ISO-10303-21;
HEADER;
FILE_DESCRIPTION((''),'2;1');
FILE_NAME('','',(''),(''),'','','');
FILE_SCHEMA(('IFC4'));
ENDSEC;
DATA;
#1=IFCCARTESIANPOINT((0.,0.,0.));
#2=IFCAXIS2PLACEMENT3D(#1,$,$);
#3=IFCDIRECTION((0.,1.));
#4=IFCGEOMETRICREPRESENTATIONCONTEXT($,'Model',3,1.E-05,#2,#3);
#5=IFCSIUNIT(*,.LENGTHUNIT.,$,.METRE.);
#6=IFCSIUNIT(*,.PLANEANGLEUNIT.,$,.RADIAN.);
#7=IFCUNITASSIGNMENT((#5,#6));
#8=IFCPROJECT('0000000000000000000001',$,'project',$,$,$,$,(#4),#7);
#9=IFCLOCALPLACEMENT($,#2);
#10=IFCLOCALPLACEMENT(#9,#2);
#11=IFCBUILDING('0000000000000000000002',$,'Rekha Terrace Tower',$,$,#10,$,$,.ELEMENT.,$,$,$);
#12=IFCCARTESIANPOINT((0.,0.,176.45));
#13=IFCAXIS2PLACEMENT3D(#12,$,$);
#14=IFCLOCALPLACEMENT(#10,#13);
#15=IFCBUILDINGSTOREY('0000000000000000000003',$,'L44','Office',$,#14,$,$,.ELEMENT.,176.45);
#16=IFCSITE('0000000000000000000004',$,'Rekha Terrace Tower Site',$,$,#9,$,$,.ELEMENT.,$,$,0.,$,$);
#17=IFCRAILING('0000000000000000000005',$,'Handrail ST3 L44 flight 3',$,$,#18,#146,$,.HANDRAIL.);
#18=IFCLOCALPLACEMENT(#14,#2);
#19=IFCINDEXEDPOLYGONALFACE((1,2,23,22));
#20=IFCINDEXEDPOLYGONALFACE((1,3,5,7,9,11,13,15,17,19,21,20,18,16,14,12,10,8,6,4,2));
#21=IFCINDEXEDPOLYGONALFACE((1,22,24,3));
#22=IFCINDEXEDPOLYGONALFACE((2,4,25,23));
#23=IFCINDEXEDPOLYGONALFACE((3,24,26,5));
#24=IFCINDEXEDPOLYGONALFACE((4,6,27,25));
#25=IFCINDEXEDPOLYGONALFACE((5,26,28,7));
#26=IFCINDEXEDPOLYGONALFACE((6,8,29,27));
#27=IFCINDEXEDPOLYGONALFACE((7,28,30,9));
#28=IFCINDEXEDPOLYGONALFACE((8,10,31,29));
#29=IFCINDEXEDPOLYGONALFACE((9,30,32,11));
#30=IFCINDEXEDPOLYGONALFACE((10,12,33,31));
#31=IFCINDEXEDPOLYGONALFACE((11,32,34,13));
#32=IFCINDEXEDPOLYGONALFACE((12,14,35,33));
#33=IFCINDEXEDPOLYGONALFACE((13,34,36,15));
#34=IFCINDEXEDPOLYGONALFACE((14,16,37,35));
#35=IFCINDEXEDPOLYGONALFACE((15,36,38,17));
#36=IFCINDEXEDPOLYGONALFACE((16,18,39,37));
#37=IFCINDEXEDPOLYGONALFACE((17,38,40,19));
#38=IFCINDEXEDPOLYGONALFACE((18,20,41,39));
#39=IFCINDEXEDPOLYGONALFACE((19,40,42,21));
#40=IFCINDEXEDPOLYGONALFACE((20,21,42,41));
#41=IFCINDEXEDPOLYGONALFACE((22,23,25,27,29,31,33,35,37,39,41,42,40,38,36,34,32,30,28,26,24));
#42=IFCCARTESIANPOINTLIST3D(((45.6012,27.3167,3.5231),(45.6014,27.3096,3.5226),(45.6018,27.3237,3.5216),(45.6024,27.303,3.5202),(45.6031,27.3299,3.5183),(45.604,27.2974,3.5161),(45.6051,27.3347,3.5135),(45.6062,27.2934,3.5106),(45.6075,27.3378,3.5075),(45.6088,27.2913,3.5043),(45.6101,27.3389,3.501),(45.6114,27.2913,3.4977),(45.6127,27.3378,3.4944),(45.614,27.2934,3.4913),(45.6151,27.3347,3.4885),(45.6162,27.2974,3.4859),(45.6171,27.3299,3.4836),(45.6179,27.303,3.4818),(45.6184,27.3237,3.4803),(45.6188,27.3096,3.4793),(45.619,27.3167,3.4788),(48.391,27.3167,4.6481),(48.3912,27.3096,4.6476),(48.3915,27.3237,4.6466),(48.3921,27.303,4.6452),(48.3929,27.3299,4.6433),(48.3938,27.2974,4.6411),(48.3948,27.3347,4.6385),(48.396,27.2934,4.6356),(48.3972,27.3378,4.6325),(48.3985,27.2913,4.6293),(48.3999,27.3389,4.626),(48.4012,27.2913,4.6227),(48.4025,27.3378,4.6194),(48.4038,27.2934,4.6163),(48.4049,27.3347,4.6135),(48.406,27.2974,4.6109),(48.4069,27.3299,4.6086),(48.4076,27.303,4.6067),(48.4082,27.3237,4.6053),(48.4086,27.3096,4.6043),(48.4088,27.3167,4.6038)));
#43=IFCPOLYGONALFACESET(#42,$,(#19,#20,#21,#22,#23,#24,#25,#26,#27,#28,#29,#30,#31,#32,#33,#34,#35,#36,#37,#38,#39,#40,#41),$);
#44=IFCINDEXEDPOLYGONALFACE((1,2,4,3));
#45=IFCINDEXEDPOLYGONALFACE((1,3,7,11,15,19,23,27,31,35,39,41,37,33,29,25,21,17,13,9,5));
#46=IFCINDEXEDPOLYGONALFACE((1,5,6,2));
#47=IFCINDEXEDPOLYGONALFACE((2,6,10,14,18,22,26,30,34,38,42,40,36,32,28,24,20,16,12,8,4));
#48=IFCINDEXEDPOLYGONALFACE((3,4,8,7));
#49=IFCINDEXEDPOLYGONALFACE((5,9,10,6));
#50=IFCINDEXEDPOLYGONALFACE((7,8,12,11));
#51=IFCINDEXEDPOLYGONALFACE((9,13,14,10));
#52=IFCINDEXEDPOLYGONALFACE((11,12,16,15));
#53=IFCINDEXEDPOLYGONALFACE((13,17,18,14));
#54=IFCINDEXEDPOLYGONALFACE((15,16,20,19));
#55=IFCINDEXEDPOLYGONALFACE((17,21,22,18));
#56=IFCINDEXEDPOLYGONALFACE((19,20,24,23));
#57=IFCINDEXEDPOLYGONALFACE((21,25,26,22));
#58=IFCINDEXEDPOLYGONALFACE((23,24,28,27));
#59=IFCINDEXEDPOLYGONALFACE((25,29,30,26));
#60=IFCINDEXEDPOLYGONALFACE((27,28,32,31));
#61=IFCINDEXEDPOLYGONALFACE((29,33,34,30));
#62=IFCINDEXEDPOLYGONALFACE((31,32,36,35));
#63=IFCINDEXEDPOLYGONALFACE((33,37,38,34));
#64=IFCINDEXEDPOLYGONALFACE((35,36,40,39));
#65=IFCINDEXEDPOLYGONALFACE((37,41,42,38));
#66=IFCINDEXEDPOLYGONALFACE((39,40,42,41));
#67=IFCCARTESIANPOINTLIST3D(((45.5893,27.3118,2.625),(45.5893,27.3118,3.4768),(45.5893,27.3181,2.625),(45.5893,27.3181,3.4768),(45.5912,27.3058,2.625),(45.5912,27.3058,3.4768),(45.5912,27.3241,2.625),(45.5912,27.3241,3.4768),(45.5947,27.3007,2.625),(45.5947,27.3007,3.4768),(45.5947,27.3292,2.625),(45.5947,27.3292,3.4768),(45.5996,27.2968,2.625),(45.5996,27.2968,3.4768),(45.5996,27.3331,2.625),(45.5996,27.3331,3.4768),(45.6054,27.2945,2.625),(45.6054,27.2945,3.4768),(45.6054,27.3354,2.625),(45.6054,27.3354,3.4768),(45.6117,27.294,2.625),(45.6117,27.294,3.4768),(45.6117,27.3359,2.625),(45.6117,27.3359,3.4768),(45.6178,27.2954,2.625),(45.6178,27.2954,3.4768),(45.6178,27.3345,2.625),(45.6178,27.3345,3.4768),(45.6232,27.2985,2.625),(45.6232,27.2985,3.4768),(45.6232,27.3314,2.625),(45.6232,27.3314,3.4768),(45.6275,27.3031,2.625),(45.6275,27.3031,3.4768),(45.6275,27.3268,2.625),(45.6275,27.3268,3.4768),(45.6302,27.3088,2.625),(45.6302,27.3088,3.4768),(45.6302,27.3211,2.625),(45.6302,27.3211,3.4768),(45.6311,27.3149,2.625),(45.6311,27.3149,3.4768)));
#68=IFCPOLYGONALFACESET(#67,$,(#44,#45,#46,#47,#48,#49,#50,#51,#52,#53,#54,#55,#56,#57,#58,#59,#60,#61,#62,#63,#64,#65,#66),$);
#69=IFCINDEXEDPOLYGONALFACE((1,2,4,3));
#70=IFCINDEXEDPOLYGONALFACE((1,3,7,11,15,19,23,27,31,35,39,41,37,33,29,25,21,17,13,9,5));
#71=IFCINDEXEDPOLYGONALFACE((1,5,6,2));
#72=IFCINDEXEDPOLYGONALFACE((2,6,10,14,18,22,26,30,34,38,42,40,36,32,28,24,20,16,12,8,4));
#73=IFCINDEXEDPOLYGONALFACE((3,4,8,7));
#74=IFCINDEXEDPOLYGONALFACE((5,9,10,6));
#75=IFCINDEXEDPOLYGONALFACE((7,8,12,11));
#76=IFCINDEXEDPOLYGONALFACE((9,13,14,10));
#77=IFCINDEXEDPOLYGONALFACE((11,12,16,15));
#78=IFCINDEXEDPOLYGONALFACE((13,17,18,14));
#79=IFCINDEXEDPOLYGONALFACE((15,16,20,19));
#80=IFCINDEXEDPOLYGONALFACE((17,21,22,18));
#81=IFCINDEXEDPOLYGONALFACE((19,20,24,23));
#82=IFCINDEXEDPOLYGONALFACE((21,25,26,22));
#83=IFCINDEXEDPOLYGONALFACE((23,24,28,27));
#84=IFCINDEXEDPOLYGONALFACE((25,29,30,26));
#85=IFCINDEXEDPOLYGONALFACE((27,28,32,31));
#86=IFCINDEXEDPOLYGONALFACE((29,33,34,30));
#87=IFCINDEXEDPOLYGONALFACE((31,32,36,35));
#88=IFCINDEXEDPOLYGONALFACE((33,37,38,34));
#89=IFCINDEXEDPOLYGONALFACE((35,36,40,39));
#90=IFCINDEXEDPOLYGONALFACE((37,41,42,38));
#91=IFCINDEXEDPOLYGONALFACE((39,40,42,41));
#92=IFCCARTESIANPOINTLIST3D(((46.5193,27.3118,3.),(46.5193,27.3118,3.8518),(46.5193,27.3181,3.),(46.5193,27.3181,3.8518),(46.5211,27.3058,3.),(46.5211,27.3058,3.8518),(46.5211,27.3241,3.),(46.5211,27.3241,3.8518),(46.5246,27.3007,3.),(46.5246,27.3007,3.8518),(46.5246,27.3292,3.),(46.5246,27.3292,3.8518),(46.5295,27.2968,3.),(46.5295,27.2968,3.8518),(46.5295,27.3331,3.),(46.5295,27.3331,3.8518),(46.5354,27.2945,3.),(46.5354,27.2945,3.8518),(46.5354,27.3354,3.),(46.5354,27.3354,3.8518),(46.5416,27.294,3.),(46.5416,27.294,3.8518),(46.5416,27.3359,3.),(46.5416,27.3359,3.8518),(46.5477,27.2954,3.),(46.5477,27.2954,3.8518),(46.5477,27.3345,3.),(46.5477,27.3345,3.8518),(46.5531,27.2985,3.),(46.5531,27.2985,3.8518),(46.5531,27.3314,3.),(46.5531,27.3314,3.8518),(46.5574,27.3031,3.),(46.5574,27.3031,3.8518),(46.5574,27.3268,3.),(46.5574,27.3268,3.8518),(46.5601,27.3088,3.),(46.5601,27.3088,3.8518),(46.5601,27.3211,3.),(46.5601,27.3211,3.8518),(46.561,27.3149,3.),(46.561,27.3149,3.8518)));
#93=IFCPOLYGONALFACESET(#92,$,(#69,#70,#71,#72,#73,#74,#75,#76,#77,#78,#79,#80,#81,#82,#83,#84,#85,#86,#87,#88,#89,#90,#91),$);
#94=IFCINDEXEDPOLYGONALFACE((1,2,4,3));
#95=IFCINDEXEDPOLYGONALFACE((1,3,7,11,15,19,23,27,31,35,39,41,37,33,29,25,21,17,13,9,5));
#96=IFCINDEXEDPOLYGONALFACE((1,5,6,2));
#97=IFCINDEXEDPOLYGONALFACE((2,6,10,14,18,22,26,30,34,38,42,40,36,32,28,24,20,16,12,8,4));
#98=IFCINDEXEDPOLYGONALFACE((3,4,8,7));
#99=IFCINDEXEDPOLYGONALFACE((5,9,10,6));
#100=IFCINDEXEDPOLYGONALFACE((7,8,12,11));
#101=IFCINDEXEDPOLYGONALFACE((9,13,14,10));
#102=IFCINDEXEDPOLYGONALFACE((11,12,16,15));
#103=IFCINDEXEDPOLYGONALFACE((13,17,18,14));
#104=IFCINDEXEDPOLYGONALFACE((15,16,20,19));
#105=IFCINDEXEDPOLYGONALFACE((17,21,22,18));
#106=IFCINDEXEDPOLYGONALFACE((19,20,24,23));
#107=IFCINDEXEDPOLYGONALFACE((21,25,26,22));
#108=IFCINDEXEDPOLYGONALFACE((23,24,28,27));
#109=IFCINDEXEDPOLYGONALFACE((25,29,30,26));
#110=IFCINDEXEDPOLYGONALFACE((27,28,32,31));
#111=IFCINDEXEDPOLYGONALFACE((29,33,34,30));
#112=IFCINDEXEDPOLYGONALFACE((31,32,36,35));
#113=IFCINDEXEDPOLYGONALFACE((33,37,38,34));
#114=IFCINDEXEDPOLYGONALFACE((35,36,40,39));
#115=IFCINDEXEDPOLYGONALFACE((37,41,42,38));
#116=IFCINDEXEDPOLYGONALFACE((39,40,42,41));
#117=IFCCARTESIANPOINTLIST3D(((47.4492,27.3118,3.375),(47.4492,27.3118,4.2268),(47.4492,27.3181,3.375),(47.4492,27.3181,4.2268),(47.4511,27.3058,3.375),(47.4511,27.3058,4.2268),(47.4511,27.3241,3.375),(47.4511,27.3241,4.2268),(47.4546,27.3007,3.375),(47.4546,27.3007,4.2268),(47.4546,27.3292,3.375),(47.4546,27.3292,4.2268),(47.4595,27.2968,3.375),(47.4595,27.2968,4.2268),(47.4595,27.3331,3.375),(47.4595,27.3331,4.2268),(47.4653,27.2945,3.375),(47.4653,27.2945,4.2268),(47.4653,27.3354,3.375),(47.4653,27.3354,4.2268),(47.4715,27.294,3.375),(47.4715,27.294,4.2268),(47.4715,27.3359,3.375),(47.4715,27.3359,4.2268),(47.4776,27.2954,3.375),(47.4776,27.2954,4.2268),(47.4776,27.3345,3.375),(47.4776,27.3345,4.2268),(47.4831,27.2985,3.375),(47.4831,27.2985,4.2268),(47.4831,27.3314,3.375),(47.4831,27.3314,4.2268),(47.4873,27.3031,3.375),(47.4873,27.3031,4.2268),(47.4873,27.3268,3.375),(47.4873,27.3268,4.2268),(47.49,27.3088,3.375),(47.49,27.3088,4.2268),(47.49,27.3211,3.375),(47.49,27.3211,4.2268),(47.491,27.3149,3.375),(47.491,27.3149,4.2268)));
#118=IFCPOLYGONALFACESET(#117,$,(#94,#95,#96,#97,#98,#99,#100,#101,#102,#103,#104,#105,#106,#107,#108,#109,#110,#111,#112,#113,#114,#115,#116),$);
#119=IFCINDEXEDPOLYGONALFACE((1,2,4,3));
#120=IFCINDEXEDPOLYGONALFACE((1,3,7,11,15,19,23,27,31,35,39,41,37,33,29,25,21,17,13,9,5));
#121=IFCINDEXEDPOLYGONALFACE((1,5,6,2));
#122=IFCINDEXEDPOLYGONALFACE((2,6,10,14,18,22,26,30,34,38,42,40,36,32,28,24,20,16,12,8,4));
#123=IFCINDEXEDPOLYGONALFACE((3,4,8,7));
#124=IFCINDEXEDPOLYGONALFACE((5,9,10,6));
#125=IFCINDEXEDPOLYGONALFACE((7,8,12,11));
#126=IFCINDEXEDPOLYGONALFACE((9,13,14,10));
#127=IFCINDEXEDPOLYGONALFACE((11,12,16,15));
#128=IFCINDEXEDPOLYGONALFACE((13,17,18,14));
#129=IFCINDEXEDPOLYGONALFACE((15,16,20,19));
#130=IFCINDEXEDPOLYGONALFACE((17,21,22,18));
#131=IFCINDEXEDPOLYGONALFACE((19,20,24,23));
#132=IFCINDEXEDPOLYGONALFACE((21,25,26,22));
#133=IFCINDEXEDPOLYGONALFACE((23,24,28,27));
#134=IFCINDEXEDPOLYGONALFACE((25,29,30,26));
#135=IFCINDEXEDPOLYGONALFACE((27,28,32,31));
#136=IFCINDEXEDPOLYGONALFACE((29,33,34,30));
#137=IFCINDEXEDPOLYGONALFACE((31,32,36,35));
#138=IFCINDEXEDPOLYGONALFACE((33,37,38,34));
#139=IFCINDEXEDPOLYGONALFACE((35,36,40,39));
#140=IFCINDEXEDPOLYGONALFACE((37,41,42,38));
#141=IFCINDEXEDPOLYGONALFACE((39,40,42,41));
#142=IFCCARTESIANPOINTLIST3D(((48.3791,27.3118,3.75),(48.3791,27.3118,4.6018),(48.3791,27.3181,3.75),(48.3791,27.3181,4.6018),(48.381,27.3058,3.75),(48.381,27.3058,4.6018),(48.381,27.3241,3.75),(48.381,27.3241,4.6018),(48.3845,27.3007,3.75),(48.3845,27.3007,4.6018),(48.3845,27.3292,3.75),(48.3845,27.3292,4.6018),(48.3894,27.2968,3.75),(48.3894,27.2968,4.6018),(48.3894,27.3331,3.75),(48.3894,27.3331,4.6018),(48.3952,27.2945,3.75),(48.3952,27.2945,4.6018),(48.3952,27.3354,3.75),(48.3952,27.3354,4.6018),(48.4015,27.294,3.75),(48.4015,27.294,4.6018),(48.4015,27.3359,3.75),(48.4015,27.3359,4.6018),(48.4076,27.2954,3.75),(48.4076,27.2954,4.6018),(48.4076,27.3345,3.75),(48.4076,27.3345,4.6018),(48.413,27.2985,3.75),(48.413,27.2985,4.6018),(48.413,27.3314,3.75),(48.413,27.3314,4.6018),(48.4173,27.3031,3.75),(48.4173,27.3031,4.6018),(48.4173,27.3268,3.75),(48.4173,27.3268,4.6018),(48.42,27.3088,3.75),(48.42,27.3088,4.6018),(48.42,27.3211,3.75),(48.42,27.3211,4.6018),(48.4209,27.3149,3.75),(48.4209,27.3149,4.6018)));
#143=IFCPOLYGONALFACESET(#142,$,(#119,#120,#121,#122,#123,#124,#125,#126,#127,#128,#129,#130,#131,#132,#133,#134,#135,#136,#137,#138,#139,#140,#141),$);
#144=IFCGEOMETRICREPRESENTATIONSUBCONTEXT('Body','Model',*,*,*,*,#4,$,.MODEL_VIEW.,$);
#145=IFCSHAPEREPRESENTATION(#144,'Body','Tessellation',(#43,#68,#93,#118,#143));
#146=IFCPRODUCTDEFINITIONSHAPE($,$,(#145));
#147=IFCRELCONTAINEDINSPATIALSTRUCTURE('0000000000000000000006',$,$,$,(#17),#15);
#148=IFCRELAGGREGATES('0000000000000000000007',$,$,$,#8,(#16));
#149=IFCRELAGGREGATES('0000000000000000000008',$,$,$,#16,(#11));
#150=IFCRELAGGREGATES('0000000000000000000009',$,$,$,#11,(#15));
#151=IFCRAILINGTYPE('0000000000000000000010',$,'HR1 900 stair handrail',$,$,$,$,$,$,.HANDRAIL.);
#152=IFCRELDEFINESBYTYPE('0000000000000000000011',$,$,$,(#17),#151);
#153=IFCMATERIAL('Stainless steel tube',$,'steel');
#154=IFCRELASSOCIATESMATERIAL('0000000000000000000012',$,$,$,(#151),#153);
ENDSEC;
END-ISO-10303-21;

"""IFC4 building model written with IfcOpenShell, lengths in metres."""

from ifc_helpers import new_model, si_unit, direction, frame, origin, origin_2d, place, context, subcontext, project, spatial, circle, extrude, material, type_object, element, save


model = new_model("IFC4")

# Units and contexts
model_context = context("Model", 3, precision=1e-05, world=origin(), true_north=direction((0.0, 1.0)))
body_context = subcontext(model_context, "Body", "Model", "MODEL_VIEW")
ifc_project = project(units=[si_unit("LENGTHUNIT", "METRE"), si_unit("PLANEANGLEUNIT", "RADIAN")], contexts=[model_context])

# Site, building, storey
site_placement = place(None, origin())
site = spatial("IfcSite", under=ifc_project, at=site_placement, Name="Rekha Terrace Tower Site", CompositionType="ELEMENT", RefElevation=0.0)
building_placement = place(site_placement, origin())
building = spatial("IfcBuilding", under=site, at=building_placement, Name="Rekha Terrace Tower", CompositionType="ELEMENT")
storey_placement = place(building_placement, frame((0.0, 0.0, 176.45)))
storey = spatial("IfcBuildingStorey", under=building, at=storey_placement, Name="L44", Description="Office", CompositionType="ELEMENT", Elevation=176.45)

# Railing
ifc_material_1 = material(Name="Stainless steel tube", Category="steel")
railing_type_1 = type_object("IfcRailingType", Name="HR1 900 stair handrail", PredefinedType="HANDRAIL", material=ifc_material_1)
railing_1_placement = place(storey_placement, frame((45.6101, 27.3149, 2.625)))
element("IfcRailing", 1, at=railing_1_placement, inside=storey, type_object=railing_type_1, Name="Handrail ST3 L44 flight 3", PredefinedType="HANDRAIL", context=body_context, shape_type="SweptSolid", body=[
    extrude(circle(Radius=0.0239, at=origin_2d()), frame((0.0, 0.0, 0.876), z_axis=(0.927432, 0.0, 0.373992), x_axis=(0.0, 1.0, 0.0)), (0.0, 0.0, 1.0), 3.0081),
    extrude(circle(Radius=0.021, at=origin_2d()), origin(), (0.0, 0.0, 1.0), 0.8518),
    extrude(circle(Radius=0.021, at=origin_2d()), frame((0.9299, 0.0, 0.375)), (0.0, 0.0, 1.0), 0.8518),
    extrude(circle(Radius=0.021, at=origin_2d()), frame((1.8599, 0.0, 0.75)), (0.0, 0.0, 1.0), 0.8518),
    extrude(circle(Radius=0.021, at=origin_2d()), frame((2.7898, 0.0, 1.125)), (0.0, 0.0, 1.0), 0.8518),
])

save(model, "model.ifc")
